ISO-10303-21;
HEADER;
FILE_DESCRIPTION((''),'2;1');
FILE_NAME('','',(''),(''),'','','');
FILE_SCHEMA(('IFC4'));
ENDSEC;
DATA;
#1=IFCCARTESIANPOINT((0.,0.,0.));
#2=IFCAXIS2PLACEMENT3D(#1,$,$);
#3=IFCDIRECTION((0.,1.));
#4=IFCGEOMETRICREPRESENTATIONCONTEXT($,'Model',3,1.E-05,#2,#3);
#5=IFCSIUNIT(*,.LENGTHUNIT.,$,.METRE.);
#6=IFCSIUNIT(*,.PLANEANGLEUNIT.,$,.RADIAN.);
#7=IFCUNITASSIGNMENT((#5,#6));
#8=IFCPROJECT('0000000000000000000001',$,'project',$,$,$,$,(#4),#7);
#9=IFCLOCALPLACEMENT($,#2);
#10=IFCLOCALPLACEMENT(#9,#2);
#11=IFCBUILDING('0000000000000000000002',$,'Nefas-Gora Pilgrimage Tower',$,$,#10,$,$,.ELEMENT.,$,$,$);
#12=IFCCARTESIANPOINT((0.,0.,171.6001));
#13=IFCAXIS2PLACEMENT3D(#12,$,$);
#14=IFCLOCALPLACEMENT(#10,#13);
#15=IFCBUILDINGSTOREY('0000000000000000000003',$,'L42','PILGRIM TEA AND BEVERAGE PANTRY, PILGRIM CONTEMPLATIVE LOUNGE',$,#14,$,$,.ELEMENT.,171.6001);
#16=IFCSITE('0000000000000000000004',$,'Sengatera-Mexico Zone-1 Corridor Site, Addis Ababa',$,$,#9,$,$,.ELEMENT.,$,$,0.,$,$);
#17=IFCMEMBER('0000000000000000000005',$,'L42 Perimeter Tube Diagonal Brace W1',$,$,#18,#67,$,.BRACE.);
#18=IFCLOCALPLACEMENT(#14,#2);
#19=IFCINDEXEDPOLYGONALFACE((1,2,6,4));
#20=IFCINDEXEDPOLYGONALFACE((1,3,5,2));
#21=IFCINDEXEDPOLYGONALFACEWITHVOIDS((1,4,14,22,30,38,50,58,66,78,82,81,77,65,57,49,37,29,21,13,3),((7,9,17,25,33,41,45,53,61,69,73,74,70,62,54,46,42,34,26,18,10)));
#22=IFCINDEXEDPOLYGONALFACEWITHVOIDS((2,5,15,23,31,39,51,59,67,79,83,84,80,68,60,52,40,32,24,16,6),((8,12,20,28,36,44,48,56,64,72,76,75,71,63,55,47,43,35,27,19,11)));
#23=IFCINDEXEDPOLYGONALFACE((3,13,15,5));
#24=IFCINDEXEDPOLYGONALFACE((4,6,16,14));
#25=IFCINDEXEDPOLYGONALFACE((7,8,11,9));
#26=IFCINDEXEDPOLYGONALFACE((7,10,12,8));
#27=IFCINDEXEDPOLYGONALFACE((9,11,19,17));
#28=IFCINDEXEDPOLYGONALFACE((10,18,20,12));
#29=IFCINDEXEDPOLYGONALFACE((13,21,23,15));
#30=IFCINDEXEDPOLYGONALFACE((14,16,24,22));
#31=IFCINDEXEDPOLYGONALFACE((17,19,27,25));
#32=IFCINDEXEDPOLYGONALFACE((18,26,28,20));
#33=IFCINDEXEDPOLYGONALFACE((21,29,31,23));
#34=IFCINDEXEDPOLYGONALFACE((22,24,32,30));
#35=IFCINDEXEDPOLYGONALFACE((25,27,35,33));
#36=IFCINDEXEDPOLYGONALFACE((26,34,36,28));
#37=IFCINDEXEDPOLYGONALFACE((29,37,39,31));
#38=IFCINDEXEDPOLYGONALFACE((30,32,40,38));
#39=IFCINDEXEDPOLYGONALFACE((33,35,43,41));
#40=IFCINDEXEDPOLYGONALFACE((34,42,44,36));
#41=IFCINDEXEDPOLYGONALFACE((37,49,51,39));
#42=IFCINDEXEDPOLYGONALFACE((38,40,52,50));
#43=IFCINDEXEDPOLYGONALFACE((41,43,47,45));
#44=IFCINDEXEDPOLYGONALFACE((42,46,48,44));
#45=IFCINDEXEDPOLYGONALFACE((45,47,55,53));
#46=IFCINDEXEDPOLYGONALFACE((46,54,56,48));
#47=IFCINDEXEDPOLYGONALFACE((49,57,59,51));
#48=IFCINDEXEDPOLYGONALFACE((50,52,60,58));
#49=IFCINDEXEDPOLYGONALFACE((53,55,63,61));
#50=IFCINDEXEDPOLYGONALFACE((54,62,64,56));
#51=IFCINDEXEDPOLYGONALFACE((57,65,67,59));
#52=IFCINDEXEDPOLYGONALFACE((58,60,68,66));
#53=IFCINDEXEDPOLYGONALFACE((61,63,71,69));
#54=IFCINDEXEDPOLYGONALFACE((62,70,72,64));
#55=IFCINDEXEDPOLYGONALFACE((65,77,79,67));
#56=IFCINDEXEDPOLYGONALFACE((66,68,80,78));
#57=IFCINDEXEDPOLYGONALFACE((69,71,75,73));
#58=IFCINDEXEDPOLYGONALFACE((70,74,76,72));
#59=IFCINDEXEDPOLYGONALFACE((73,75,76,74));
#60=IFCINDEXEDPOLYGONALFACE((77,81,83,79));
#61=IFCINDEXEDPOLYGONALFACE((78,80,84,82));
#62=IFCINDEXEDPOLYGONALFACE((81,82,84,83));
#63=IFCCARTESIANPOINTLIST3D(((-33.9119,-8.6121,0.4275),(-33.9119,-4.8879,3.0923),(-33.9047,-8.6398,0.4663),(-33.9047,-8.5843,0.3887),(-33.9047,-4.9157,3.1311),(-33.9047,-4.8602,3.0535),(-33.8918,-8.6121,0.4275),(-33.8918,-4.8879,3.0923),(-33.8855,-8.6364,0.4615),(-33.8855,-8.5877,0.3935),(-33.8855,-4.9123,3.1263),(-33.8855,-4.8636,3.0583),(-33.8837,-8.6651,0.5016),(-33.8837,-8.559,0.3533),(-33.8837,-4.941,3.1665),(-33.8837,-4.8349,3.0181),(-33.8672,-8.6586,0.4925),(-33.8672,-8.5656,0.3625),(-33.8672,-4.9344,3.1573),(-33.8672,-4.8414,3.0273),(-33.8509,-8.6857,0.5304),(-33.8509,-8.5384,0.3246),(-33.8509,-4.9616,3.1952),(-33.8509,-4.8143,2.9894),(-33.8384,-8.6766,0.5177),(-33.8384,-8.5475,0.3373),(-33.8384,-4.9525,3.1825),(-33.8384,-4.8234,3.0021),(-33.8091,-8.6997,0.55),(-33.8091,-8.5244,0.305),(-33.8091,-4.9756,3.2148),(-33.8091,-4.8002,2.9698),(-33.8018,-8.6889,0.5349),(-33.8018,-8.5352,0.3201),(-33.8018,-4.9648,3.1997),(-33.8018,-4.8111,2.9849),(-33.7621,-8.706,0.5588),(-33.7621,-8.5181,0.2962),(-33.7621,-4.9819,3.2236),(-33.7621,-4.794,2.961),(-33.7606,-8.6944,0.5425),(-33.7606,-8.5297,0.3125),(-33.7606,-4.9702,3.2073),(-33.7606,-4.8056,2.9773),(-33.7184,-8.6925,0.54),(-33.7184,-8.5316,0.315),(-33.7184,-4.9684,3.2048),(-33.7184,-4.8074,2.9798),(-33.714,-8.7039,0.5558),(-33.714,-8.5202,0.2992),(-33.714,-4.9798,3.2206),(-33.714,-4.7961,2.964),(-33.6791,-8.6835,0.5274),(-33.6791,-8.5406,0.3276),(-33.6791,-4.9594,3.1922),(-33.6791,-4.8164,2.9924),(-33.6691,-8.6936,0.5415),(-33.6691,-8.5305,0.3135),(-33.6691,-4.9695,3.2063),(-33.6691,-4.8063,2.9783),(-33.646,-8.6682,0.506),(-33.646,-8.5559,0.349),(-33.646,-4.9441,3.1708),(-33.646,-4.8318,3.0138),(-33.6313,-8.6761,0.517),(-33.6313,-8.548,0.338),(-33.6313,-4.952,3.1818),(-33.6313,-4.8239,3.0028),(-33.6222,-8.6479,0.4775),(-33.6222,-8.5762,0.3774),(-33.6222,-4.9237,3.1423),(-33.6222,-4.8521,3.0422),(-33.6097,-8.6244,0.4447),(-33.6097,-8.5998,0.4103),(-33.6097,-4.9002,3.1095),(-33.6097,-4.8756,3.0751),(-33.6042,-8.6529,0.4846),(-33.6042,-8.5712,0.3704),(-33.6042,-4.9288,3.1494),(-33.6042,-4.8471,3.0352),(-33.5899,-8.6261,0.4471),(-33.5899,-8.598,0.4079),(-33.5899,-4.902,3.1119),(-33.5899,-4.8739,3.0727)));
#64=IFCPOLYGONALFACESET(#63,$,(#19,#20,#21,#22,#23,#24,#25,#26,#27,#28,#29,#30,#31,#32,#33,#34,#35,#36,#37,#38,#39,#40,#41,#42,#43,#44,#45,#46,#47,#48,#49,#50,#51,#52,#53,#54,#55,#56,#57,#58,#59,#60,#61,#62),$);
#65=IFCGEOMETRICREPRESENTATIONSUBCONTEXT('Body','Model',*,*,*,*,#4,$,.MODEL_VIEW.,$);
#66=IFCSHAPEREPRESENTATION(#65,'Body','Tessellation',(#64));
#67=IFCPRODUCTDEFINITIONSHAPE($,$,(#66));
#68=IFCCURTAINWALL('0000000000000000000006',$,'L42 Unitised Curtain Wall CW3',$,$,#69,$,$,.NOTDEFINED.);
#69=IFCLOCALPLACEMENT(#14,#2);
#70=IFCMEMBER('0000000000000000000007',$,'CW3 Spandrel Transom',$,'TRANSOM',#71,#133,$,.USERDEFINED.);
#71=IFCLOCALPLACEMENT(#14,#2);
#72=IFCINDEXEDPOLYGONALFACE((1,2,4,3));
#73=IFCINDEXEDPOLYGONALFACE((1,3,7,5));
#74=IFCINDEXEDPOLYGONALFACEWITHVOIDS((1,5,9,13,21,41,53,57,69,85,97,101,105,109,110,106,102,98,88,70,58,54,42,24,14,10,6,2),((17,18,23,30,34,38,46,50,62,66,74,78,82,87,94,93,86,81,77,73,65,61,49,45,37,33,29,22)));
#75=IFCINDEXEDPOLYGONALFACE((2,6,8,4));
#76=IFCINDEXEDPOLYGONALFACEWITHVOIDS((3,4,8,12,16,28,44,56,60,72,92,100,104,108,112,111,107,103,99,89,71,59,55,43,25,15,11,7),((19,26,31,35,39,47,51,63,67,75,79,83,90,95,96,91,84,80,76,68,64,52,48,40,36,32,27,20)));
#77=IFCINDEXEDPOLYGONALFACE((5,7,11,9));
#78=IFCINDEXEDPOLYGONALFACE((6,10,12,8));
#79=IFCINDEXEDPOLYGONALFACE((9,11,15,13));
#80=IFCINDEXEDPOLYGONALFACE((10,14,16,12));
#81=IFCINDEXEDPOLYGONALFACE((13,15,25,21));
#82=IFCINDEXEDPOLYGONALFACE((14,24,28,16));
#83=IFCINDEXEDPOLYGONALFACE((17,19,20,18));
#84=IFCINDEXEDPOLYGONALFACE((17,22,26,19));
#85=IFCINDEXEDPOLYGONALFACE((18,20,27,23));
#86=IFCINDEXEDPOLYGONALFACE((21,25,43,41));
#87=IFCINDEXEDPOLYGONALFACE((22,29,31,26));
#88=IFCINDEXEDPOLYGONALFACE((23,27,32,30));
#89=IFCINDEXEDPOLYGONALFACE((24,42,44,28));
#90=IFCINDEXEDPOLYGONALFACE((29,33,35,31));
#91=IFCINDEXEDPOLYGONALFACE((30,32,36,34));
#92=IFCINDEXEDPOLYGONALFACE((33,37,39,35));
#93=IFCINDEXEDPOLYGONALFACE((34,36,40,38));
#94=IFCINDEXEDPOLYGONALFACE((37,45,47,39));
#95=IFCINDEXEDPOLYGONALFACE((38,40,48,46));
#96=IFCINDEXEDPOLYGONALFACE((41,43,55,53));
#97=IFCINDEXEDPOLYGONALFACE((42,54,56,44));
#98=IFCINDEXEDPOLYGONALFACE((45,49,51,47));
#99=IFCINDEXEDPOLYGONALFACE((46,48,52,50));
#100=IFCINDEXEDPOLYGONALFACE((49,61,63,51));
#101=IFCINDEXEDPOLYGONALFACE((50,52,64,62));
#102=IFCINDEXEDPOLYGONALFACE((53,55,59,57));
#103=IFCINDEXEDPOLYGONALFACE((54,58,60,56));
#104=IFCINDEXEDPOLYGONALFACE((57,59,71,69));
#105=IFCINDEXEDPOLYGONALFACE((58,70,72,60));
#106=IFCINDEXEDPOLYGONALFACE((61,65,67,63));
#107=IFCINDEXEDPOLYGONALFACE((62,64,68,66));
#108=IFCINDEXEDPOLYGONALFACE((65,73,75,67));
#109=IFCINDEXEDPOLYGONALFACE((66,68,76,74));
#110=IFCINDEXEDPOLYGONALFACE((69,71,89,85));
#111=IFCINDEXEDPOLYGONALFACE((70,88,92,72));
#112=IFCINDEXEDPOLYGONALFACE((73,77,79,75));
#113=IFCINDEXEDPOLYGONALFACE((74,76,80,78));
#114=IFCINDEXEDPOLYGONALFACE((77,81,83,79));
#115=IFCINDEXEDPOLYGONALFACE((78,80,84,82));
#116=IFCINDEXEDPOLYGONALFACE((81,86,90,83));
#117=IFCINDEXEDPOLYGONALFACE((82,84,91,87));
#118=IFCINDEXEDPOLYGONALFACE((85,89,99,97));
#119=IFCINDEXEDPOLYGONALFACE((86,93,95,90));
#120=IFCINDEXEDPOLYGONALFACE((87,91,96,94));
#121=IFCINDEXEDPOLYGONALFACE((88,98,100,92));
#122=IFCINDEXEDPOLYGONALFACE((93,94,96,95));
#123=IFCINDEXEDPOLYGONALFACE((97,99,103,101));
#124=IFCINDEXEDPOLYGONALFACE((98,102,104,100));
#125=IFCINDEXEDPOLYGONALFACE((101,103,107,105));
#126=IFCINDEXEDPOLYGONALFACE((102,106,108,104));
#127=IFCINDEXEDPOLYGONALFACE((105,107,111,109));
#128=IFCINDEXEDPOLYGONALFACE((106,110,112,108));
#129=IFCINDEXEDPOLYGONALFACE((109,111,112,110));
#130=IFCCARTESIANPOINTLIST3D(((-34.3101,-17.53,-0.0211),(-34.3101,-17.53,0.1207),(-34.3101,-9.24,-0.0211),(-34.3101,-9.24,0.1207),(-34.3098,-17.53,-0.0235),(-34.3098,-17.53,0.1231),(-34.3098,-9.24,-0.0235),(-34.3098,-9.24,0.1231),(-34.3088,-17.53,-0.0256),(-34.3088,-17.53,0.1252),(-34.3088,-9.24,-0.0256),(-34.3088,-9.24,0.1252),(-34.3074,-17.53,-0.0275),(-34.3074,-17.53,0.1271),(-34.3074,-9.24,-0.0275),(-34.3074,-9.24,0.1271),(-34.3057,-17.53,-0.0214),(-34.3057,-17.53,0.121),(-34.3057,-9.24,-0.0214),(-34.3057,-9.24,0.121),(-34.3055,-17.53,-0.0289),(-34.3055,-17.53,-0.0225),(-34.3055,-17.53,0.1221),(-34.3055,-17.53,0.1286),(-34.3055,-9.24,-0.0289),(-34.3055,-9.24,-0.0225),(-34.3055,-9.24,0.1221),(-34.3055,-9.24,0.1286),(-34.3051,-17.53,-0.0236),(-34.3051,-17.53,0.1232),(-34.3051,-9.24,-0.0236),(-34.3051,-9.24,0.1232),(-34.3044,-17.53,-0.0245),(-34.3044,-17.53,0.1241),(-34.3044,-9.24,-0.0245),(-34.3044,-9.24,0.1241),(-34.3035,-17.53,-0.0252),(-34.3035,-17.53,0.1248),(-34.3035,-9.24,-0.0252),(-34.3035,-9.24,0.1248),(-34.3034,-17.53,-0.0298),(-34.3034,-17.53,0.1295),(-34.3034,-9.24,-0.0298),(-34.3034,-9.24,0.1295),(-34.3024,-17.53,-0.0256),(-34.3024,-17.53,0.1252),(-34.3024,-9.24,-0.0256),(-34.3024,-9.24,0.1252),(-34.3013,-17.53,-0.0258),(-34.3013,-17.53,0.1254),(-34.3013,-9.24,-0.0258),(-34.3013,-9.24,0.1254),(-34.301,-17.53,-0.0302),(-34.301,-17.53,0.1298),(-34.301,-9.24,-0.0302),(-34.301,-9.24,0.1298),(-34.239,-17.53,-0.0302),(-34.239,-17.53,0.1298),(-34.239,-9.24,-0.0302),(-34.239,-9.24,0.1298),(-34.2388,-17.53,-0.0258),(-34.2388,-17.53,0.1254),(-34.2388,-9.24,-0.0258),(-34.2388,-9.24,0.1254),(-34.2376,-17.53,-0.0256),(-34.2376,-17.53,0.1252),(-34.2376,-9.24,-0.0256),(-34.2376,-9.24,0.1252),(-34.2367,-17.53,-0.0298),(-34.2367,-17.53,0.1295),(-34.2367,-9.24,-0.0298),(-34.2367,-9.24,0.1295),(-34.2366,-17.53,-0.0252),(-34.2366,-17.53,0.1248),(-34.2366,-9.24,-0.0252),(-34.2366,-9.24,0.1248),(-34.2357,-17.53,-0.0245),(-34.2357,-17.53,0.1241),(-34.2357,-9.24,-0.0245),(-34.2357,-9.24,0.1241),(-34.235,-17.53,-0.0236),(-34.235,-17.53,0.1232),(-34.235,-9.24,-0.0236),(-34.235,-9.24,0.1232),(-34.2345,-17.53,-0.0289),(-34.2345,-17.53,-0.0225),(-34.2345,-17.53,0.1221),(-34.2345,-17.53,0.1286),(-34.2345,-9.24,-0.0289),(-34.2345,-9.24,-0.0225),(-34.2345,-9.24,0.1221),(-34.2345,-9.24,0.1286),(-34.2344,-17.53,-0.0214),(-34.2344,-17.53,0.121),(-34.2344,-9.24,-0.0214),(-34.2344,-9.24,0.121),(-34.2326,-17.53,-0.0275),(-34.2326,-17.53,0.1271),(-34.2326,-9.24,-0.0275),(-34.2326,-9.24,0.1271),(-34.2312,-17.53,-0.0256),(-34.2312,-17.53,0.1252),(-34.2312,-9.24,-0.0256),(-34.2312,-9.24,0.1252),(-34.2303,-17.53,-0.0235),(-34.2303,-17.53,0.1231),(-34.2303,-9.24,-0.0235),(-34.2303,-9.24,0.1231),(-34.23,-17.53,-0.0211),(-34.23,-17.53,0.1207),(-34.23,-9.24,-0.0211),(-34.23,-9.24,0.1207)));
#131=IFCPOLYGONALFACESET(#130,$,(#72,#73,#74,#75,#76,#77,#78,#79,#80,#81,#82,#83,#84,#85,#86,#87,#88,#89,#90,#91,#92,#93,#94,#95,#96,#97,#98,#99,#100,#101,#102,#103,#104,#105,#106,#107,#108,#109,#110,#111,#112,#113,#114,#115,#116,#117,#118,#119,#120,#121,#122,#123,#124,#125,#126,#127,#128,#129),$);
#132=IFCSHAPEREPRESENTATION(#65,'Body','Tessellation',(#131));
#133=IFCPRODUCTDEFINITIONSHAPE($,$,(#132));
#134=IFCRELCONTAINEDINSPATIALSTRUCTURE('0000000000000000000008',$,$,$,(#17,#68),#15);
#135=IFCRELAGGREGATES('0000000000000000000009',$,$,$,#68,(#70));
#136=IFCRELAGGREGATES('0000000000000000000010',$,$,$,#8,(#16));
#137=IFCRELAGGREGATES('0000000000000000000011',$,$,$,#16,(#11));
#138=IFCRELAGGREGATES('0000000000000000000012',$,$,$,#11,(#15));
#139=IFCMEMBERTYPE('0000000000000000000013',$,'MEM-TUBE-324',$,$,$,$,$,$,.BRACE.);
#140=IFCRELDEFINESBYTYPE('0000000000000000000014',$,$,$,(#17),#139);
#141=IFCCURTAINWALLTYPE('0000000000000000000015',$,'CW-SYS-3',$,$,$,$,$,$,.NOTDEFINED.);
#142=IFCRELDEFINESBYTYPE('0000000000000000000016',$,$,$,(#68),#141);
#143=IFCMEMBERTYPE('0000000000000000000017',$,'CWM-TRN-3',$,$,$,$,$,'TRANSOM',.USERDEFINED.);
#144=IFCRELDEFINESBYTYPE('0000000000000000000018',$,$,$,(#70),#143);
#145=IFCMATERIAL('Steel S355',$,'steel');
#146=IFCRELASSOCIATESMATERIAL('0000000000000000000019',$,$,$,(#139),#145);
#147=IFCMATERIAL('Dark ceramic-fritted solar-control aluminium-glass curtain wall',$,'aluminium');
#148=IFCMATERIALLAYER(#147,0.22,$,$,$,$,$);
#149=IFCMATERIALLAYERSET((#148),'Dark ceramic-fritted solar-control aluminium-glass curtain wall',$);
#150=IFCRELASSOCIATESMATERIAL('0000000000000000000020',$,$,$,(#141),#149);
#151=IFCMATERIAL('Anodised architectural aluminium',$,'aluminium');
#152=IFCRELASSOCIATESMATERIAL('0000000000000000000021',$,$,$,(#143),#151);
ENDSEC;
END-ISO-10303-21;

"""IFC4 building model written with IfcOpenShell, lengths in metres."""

from ifc_helpers import new_model, si_unit, direction, frame, origin, origin_2d, place, context, subcontext, project, spatial, hollow_rectangle, hollow_circle, extrude, source, transform, mapped, material, layer, layer_set, material_profile, profile_set, type_object, element, aggregate, save


model = new_model("IFC4")

# Units and contexts
model_context = context("Model", 3, precision=1e-05, world=origin(), true_north=direction((0.0, 1.0)))
body_context = subcontext(model_context, "Body", "Model", "MODEL_VIEW")
ifc_project = project(units=[si_unit("LENGTHUNIT", "METRE"), si_unit("PLANEANGLEUNIT", "RADIAN")], contexts=[model_context])

# Site, building, storey
site_placement = place(None, origin())
site = spatial("IfcSite", under=ifc_project, at=site_placement, Name="Sengatera-Mexico Zone-1 Corridor Site, Addis Ababa", CompositionType="ELEMENT", RefElevation=0.0)
building_placement = place(site_placement, origin())
building = spatial("IfcBuilding", under=site, at=building_placement, Name="Nefas-Gora Pilgrimage Tower", CompositionType="ELEMENT")
storey_placement = place(building_placement, frame((0.0, 0.0, 171.6001)))
storey = spatial("IfcBuildingStorey", under=building, at=storey_placement, Name="L42", Description="PILGRIM TEA AND BEVERAGE PANTRY, PILGRIM CONTEMPLATIVE LOUNGE", CompositionType="ELEMENT", Elevation=171.6001)

# Shared definitions
ifc_material_1 = material(Name="Steel S355", Category="steel")

# Member
ifc_material_profile_1 = material_profile(ifc_material_1, hollow_circle(Radius=0.1619, WallThickness=0.02, at=origin_2d()), Name="CHS 323.9x20")
ifc_profile_set_1 = profile_set([ifc_material_profile_1], Name="Steel S355")
member_type_1 = type_object("IfcMemberType", Name="MEM-TUBE-324", PredefinedType="BRACE", material=ifc_profile_set_1)
shared_shape_1 = source(origin(), body_context, "Body", "SweptSolid", [
    extrude(hollow_circle(Radius=0.1619, WallThickness=0.02, at=origin_2d()), origin(), (0.0, 0.0, 1.0), 4.5793),
])
member_1_placement = place(storey_placement, frame((-33.75, -8.6121, 0.4275), z_axis=(0.0, 0.813247, 0.581919), x_axis=(-1.0, 0.0, 0.0)))
element("IfcMember", 1, at=member_1_placement, inside=storey, type_object=member_type_1, Name="L42 Perimeter Tube Diagonal Brace W1", PredefinedType="BRACE", context=body_context, shape_type="MappedRepresentation", body=[
    mapped(shared_shape_1, transform((0.0, 0.0, 0.0), x_axis=(1.0, 0.0, 0.0), y_axis=(0.0, 1.0, 0.0), z_axis=(0.0, 0.0, 1.0), scale=1.0)),
])

# Curtain wall, member
ifc_material_2 = material(Name="Dark ceramic-fritted solar-control aluminium-glass curtain wall", Category="aluminium")
ifc_layer_1 = layer(ifc_material_2, 0.22)
ifc_layer_set_1 = layer_set([ifc_layer_1], Name="Dark ceramic-fritted solar-control aluminium-glass curtain wall")
curtain_wall_type = type_object("IfcCurtainWallType", Name="CW-SYS-3", PredefinedType="NOTDEFINED", material=ifc_layer_set_1)
curtain_wall_1_placement = place(storey_placement, origin())
curtain_wall_1 = element("IfcCurtainWall", 2, at=curtain_wall_1_placement, inside=storey, type_object=curtain_wall_type, Name="L42 Unitised Curtain Wall CW3", PredefinedType="NOTDEFINED")
ifc_material_3 = material(Name="Anodised architectural aluminium", Category="aluminium")
ifc_material_profile_2 = material_profile(ifc_material_3, hollow_rectangle(XDim=0.0801, YDim=0.1599, WallThickness=0.0044, InnerFilletRadius=0.0044, OuterFilletRadius=0.009, at=origin_2d()), Name="ALU TRANSOM 80x160")
ifc_profile_set_2 = profile_set([ifc_material_profile_2], Name="Anodised architectural aluminium")
member_type_2 = type_object("IfcMemberType", Name="CWM-TRN-3", ElementType="TRANSOM", PredefinedType="USERDEFINED", material=ifc_profile_set_2)
shared_shape_2 = source(origin(), body_context, "Body", "SweptSolid", [
    extrude(hollow_rectangle(XDim=0.0801, YDim=0.1599, WallThickness=0.0044, InnerFilletRadius=0.0044, OuterFilletRadius=0.009, at=origin_2d()), origin(), (0.0, 0.0, 1.0), 8.29),
])
member_2_placement = place(storey_placement, frame((-34.27, -9.24, 0.0498), z_axis=(0.0, -1.0, 0.0), x_axis=(1.0, 0.0, 0.0)))
member_2 = element("IfcMember", 3, at=member_2_placement, type_object=member_type_2, Name="CW3 Spandrel Transom", ObjectType="TRANSOM", PredefinedType="USERDEFINED", context=body_context, shape_type="MappedRepresentation", body=[
    mapped(shared_shape_2, transform((0.0, 0.0, 0.0), x_axis=(1.0, 0.0, 0.0), y_axis=(0.0, 1.0, 0.0), z_axis=(0.0, 0.0, 1.0), scale=1.0)),
])

aggregate(curtain_wall_1, [member_2])

save(model, "model.ifc")
